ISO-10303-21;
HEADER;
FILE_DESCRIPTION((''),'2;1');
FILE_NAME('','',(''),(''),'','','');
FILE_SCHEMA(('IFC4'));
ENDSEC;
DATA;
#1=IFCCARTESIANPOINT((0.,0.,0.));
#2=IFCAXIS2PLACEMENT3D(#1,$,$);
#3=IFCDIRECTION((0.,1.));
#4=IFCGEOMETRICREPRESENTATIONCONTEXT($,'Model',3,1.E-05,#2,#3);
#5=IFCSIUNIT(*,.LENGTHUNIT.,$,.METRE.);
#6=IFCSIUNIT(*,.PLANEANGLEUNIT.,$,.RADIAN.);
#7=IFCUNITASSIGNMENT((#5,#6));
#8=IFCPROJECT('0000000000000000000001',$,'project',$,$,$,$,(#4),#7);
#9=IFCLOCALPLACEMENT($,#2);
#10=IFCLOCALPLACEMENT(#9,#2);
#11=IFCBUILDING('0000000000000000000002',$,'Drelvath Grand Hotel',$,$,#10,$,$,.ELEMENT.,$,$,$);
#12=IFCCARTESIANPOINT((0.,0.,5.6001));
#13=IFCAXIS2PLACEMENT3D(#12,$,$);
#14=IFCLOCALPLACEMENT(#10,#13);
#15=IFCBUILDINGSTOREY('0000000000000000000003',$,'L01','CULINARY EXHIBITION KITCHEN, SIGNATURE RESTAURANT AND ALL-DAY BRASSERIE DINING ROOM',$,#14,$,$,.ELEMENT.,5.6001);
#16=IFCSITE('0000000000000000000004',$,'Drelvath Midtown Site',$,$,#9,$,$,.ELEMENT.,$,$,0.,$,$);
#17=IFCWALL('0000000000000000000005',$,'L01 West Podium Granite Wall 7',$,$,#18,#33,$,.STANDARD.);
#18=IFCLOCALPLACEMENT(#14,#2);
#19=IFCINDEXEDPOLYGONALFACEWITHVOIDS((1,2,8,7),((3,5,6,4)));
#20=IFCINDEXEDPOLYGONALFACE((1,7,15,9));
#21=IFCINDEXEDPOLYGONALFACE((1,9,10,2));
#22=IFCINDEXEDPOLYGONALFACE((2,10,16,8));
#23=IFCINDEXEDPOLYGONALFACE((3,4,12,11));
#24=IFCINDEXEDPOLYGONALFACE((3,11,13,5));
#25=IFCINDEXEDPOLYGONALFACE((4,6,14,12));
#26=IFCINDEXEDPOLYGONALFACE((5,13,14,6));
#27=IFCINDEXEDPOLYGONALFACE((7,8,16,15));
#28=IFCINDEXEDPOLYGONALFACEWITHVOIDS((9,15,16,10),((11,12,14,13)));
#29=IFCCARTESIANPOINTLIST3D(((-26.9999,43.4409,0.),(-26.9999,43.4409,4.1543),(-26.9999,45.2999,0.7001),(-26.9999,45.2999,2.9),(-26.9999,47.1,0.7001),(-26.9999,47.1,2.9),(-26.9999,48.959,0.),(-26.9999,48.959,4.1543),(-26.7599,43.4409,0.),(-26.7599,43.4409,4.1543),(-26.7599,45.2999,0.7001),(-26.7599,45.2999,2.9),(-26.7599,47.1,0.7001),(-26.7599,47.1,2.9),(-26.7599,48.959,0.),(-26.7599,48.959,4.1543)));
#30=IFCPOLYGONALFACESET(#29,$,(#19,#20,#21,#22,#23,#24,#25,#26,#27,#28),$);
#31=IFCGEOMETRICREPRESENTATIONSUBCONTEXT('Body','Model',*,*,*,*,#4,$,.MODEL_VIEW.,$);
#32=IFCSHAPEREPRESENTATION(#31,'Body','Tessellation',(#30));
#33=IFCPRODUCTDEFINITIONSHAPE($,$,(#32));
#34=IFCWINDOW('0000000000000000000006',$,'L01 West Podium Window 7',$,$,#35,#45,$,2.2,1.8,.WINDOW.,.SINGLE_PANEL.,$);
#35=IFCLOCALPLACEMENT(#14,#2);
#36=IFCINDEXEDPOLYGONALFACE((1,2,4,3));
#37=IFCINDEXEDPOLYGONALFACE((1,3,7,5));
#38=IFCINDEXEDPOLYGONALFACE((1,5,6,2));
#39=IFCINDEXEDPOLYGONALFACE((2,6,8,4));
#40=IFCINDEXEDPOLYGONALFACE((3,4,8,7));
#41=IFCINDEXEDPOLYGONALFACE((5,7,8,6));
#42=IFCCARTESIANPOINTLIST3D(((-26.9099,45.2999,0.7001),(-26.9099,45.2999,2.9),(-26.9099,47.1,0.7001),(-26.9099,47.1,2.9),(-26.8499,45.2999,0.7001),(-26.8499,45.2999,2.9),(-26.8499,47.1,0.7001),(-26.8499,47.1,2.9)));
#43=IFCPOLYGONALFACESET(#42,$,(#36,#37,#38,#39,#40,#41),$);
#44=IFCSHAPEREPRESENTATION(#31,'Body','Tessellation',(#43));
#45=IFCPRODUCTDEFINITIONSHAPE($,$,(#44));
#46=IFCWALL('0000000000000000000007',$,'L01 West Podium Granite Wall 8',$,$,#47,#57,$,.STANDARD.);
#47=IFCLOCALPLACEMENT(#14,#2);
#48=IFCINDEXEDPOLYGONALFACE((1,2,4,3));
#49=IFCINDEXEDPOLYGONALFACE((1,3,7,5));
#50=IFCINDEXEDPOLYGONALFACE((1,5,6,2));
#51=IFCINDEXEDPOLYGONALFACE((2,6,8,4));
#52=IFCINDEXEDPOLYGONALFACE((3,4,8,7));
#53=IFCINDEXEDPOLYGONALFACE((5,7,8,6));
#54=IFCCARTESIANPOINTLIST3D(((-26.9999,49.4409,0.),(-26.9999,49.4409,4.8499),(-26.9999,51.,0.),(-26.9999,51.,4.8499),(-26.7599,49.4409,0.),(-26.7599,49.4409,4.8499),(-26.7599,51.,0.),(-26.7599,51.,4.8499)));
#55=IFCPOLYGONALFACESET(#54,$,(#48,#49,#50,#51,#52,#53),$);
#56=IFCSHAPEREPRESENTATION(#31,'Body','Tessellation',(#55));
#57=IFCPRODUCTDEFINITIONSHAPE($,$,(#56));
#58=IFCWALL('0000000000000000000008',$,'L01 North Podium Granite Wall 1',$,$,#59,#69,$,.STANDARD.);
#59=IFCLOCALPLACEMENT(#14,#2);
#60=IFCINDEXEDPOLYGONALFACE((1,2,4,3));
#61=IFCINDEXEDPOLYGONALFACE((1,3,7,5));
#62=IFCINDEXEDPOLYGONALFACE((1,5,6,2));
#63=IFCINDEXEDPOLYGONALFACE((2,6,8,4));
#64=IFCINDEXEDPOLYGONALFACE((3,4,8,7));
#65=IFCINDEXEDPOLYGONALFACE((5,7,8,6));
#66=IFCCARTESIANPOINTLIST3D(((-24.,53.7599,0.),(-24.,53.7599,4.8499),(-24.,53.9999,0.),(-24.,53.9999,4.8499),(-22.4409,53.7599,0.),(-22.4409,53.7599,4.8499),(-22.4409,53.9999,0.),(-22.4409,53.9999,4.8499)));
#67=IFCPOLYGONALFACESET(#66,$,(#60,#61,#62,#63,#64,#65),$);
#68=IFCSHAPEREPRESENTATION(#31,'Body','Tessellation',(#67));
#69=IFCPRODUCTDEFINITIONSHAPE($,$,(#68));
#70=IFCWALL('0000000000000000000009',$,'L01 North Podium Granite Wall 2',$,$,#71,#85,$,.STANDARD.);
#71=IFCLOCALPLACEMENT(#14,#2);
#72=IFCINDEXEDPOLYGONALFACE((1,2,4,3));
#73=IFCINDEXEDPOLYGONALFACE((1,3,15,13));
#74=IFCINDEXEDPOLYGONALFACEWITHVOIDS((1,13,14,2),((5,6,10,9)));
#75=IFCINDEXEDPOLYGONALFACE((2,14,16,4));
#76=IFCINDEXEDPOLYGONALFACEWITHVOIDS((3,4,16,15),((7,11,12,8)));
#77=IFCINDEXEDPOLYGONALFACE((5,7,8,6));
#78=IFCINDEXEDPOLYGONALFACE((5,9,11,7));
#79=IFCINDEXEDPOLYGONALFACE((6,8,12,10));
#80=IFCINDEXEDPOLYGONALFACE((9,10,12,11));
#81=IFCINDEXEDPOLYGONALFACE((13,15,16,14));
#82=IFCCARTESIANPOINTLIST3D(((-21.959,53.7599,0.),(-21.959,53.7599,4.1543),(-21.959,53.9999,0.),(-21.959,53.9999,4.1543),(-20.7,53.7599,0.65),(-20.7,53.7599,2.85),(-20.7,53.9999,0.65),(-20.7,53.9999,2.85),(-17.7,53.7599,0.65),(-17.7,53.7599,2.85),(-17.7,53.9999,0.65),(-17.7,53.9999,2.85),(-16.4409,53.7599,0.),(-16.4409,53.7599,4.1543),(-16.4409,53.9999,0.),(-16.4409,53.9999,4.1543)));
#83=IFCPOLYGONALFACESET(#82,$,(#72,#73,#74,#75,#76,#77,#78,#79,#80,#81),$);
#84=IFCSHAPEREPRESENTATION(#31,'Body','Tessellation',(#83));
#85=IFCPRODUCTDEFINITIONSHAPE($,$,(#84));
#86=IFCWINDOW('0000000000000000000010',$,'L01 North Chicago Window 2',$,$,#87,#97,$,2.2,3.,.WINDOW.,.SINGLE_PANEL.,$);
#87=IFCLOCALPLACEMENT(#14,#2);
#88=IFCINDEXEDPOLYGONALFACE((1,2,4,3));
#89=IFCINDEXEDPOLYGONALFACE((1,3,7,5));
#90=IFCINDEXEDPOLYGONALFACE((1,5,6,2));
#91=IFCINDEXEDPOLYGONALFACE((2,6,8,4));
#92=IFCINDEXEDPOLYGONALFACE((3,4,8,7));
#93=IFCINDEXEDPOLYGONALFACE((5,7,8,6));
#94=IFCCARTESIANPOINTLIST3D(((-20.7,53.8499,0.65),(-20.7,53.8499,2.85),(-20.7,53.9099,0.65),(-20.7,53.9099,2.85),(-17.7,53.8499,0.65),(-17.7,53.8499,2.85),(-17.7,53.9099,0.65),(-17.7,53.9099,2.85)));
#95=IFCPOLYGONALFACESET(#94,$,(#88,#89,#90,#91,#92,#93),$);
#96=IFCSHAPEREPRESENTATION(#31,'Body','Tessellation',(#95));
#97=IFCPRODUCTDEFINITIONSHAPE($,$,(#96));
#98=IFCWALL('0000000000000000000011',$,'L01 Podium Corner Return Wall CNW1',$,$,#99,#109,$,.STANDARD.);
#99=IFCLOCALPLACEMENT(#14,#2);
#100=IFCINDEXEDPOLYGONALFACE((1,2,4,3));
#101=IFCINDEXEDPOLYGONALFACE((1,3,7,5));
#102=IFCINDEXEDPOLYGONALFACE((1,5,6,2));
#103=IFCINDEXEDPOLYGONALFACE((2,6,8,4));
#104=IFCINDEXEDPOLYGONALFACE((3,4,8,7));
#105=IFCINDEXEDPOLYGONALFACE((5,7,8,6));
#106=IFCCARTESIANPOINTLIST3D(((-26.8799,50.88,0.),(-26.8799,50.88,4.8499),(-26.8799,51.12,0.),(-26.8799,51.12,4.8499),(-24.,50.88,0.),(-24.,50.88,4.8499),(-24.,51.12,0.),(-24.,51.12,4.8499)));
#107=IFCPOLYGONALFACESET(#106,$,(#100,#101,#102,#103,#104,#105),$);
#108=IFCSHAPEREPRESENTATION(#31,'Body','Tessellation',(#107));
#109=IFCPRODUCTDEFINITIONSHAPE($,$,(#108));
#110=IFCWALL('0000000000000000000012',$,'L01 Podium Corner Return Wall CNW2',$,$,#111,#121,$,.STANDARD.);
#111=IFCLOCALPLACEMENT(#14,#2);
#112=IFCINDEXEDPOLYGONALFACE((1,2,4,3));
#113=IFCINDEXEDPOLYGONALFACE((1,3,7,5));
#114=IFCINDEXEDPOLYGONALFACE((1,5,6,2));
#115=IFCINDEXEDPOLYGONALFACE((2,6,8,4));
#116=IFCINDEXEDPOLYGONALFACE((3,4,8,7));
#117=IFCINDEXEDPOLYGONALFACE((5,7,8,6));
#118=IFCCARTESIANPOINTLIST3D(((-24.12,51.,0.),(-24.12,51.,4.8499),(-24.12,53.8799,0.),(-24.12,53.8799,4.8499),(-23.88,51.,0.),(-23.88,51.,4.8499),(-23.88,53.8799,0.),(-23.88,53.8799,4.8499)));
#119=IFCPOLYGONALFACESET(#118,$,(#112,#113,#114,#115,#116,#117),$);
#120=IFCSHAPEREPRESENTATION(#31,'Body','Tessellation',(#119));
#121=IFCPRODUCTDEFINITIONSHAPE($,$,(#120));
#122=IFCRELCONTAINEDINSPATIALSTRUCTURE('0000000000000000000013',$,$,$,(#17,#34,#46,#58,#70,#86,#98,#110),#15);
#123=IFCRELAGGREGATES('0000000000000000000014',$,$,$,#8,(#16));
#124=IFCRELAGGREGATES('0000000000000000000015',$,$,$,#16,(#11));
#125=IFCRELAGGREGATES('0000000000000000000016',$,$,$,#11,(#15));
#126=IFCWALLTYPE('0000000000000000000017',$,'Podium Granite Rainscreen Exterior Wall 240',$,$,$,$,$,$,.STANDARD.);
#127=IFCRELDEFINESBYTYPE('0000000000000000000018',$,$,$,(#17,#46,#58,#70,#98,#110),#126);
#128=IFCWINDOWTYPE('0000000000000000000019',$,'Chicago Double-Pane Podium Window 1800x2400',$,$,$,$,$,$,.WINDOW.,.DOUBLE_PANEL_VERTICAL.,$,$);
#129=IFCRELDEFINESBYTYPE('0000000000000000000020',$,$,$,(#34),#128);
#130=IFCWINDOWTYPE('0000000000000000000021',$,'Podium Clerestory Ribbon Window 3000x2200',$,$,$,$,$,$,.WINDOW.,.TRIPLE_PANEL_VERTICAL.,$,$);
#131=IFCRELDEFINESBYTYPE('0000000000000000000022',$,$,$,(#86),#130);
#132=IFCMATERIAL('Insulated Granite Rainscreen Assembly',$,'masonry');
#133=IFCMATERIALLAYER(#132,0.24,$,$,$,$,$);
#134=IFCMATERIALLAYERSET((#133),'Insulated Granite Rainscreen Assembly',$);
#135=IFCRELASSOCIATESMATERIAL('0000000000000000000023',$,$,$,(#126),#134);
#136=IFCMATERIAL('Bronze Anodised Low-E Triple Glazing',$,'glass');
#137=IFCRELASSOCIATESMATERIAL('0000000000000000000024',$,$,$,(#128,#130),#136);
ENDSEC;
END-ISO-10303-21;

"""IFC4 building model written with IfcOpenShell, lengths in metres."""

from ifc_helpers import new_model, si_unit, direction, frame, frame_2d, origin, place, context, subcontext, project, spatial, rectangle, extrude, material, layer, layer_set, type_object, element, fill, save


model = new_model("IFC4")

# Units and contexts
model_context = context("Model", 3, precision=1e-05, world=origin(), true_north=direction((0.0, 1.0)))
body_context = subcontext(model_context, "Body", "Model", "MODEL_VIEW")
ifc_project = project(units=[si_unit("LENGTHUNIT", "METRE"), si_unit("PLANEANGLEUNIT", "RADIAN")], contexts=[model_context])

# Site, building, storey
site_placement = place(None, origin())
site = spatial("IfcSite", under=ifc_project, at=site_placement, Name="Drelvath Midtown Site", CompositionType="ELEMENT", RefElevation=0.0)
building_placement = place(site_placement, origin())
building = spatial("IfcBuilding", under=site, at=building_placement, Name="Drelvath Grand Hotel", CompositionType="ELEMENT")
storey_placement = place(building_placement, frame((0.0, 0.0, 5.6001)))
storey = spatial("IfcBuildingStorey", under=building, at=storey_placement, Name="L01", Description="CULINARY EXHIBITION KITCHEN, SIGNATURE RESTAURANT AND ALL-DAY BRASSERIE DINING ROOM", CompositionType="ELEMENT", Elevation=5.6001)

# Shared definitions
ifc_material_1 = material(Name="Insulated Granite Rainscreen Assembly", Category="masonry")
ifc_layer_1 = layer(ifc_material_1, 0.24)
ifc_layer_set_1 = layer_set([ifc_layer_1], Name="Insulated Granite Rainscreen Assembly")
wall_type_1 = type_object("IfcWallType", Name="Podium Granite Rainscreen Exterior Wall 240", PredefinedType="STANDARD", material=ifc_layer_set_1)
ifc_material_2 = material(Name="Bronze Anodised Low-E Triple Glazing", Category="glass")

# Wall, opening, window
wall_1_placement = place(storey_placement, frame((-26.8799, 43.4409, 0.0), z_axis=(0.0, 0.0, 1.0), x_axis=(0.0, 1.0, 0.0)))
wall_1 = element("IfcWall", 1, at=wall_1_placement, inside=storey, type_object=wall_type_1, Name="L01 West Podium Granite Wall 7", PredefinedType="STANDARD", context=body_context, shape_type="SweptSolid", body=[
    extrude(rectangle(XDim=5.5181, YDim=0.24, at=frame_2d((2.759, 0.0))), origin(), (0.0, 0.0, 1.0), 4.1543),
])
opening_1_placement = place(wall_1_placement, frame((1.8591, 0.0, 0.7)))
opening_1 = element("IfcOpeningElement", 2, at=opening_1_placement, cuts=wall_1, PredefinedType="OPENING", context=body_context, shape_type="SweptSolid", body=[
    extrude(rectangle(XDim=1.8, YDim=2.2, at=frame_2d((0.8999, 1.1001))), frame((0.0, 0.1299, 0.0), z_axis=(0.0, -1.0, 0.0), x_axis=(1.0, 0.0, 0.0)), (0.0, 0.0, 1.0), 0.26),
])
window_type_1 = type_object("IfcWindowType", Name="Chicago Double-Pane Podium Window 1800x2400", PartitioningType="DOUBLE_PANEL_VERTICAL", PredefinedType="WINDOW", material=ifc_material_2)
window_1_placement = place(opening_1_placement, origin())
window_1 = element("IfcWindow", 3, at=window_1_placement, inside=storey, type_object=window_type_1, Name="L01 West Podium Window 7", OverallHeight=2.2, OverallWidth=1.8, PartitioningType="SINGLE_PANEL", PredefinedType="WINDOW", context=body_context, shape_type="SweptSolid", body=[
    extrude(rectangle(XDim=1.8, YDim=2.2, at=frame_2d((0.8999, 1.1001))), frame((0.0, 0.03, 0.0), z_axis=(0.0, -1.0, 0.0), x_axis=(1.0, 0.0, 0.0)), (0.0, 0.0, 1.0), 0.0601),
])
fill(opening_1, window_1)

# Walls
for number, where, z_axis, x_axis, name in (
    (4, (-26.8799, 49.4409, 0.0), (0.0, 0.0, 1.0), (0.0, 1.0, 0.0), "L01 West Podium Granite Wall 8"),
    (5, (-24.0, 53.8799, 0.0), (0.0, 0.0, 1.0), (1.0, 0.0, 0.0), "L01 North Podium Granite Wall 1"),
):
    element("IfcWall", number, at=place(storey_placement, frame(where, z_axis=z_axis, x_axis=x_axis)), inside=storey, type_object=wall_type_1, Name=name, PredefinedType="STANDARD", context=body_context, shape_type="SweptSolid", body=[
        extrude(rectangle(XDim=1.5591, YDim=0.24, at=frame_2d((0.7795, 0.0))), origin(), (0.0, 0.0, 1.0), 4.8499),
    ])

# Wall, opening, window
wall_2_placement = place(storey_placement, frame((-21.959, 53.8799, 0.0), z_axis=(0.0, 0.0, 1.0), x_axis=(1.0, 0.0, 0.0)))
wall_2 = element("IfcWall", 6, at=wall_2_placement, inside=storey, type_object=wall_type_1, Name="L01 North Podium Granite Wall 2", PredefinedType="STANDARD", context=body_context, shape_type="SweptSolid", body=[
    extrude(rectangle(XDim=5.5181, YDim=0.24, at=frame_2d((2.759, 0.0))), origin(), (0.0, 0.0, 1.0), 4.1543),
])
opening_2_placement = place(wall_2_placement, frame((1.259, 0.0, 0.6499)))
opening_2 = element("IfcOpeningElement", 7, at=opening_2_placement, cuts=wall_2, PredefinedType="OPENING", context=body_context, shape_type="SweptSolid", body=[
    extrude(rectangle(XDim=3.0, YDim=2.2, at=frame_2d((1.5, 1.1001))), frame((0.0, 0.1299, 0.0), z_axis=(0.0, -1.0, 0.0), x_axis=(1.0, 0.0, 0.0)), (0.0, 0.0, 1.0), 0.26),
])
window_type_2 = type_object("IfcWindowType", Name="Podium Clerestory Ribbon Window 3000x2200", PartitioningType="TRIPLE_PANEL_VERTICAL", PredefinedType="WINDOW", material=ifc_material_2)
window_2_placement = place(opening_2_placement, origin())
window_2 = element("IfcWindow", 8, at=window_2_placement, inside=storey, type_object=window_type_2, Name="L01 North Chicago Window 2", OverallHeight=2.2, OverallWidth=3.0, PartitioningType="SINGLE_PANEL", PredefinedType="WINDOW", context=body_context, shape_type="SweptSolid", body=[
    extrude(rectangle(XDim=3.0, YDim=2.2, at=frame_2d((1.5, 1.1001))), frame((0.0, 0.03, 0.0), z_axis=(0.0, -1.0, 0.0), x_axis=(1.0, 0.0, 0.0)), (0.0, 0.0, 1.0), 0.0601),
])
fill(opening_2, window_2)

# Walls
for number, where, z_axis, x_axis, name in (
    (9, (-26.8799, 51.0, 0.0), (0.0, 0.0, 1.0), (1.0, 0.0, 0.0), "L01 Podium Corner Return Wall CNW1"),
    (10, (-24.0, 51.0, 0.0), (0.0, 0.0, 1.0), (0.0, 1.0, 0.0), "L01 Podium Corner Return Wall CNW2"),
):
    element("IfcWall", number, at=place(storey_placement, frame(where, z_axis=z_axis, x_axis=x_axis)), inside=storey, type_object=wall_type_1, Name=name, PredefinedType="STANDARD", context=body_context, shape_type="SweptSolid", body=[
        extrude(rectangle(XDim=2.8799, YDim=0.24, at=frame_2d((1.4399, 0.0))), origin(), (0.0, 0.0, 1.0), 4.8499),
    ])

save(model, "model.ifc")
